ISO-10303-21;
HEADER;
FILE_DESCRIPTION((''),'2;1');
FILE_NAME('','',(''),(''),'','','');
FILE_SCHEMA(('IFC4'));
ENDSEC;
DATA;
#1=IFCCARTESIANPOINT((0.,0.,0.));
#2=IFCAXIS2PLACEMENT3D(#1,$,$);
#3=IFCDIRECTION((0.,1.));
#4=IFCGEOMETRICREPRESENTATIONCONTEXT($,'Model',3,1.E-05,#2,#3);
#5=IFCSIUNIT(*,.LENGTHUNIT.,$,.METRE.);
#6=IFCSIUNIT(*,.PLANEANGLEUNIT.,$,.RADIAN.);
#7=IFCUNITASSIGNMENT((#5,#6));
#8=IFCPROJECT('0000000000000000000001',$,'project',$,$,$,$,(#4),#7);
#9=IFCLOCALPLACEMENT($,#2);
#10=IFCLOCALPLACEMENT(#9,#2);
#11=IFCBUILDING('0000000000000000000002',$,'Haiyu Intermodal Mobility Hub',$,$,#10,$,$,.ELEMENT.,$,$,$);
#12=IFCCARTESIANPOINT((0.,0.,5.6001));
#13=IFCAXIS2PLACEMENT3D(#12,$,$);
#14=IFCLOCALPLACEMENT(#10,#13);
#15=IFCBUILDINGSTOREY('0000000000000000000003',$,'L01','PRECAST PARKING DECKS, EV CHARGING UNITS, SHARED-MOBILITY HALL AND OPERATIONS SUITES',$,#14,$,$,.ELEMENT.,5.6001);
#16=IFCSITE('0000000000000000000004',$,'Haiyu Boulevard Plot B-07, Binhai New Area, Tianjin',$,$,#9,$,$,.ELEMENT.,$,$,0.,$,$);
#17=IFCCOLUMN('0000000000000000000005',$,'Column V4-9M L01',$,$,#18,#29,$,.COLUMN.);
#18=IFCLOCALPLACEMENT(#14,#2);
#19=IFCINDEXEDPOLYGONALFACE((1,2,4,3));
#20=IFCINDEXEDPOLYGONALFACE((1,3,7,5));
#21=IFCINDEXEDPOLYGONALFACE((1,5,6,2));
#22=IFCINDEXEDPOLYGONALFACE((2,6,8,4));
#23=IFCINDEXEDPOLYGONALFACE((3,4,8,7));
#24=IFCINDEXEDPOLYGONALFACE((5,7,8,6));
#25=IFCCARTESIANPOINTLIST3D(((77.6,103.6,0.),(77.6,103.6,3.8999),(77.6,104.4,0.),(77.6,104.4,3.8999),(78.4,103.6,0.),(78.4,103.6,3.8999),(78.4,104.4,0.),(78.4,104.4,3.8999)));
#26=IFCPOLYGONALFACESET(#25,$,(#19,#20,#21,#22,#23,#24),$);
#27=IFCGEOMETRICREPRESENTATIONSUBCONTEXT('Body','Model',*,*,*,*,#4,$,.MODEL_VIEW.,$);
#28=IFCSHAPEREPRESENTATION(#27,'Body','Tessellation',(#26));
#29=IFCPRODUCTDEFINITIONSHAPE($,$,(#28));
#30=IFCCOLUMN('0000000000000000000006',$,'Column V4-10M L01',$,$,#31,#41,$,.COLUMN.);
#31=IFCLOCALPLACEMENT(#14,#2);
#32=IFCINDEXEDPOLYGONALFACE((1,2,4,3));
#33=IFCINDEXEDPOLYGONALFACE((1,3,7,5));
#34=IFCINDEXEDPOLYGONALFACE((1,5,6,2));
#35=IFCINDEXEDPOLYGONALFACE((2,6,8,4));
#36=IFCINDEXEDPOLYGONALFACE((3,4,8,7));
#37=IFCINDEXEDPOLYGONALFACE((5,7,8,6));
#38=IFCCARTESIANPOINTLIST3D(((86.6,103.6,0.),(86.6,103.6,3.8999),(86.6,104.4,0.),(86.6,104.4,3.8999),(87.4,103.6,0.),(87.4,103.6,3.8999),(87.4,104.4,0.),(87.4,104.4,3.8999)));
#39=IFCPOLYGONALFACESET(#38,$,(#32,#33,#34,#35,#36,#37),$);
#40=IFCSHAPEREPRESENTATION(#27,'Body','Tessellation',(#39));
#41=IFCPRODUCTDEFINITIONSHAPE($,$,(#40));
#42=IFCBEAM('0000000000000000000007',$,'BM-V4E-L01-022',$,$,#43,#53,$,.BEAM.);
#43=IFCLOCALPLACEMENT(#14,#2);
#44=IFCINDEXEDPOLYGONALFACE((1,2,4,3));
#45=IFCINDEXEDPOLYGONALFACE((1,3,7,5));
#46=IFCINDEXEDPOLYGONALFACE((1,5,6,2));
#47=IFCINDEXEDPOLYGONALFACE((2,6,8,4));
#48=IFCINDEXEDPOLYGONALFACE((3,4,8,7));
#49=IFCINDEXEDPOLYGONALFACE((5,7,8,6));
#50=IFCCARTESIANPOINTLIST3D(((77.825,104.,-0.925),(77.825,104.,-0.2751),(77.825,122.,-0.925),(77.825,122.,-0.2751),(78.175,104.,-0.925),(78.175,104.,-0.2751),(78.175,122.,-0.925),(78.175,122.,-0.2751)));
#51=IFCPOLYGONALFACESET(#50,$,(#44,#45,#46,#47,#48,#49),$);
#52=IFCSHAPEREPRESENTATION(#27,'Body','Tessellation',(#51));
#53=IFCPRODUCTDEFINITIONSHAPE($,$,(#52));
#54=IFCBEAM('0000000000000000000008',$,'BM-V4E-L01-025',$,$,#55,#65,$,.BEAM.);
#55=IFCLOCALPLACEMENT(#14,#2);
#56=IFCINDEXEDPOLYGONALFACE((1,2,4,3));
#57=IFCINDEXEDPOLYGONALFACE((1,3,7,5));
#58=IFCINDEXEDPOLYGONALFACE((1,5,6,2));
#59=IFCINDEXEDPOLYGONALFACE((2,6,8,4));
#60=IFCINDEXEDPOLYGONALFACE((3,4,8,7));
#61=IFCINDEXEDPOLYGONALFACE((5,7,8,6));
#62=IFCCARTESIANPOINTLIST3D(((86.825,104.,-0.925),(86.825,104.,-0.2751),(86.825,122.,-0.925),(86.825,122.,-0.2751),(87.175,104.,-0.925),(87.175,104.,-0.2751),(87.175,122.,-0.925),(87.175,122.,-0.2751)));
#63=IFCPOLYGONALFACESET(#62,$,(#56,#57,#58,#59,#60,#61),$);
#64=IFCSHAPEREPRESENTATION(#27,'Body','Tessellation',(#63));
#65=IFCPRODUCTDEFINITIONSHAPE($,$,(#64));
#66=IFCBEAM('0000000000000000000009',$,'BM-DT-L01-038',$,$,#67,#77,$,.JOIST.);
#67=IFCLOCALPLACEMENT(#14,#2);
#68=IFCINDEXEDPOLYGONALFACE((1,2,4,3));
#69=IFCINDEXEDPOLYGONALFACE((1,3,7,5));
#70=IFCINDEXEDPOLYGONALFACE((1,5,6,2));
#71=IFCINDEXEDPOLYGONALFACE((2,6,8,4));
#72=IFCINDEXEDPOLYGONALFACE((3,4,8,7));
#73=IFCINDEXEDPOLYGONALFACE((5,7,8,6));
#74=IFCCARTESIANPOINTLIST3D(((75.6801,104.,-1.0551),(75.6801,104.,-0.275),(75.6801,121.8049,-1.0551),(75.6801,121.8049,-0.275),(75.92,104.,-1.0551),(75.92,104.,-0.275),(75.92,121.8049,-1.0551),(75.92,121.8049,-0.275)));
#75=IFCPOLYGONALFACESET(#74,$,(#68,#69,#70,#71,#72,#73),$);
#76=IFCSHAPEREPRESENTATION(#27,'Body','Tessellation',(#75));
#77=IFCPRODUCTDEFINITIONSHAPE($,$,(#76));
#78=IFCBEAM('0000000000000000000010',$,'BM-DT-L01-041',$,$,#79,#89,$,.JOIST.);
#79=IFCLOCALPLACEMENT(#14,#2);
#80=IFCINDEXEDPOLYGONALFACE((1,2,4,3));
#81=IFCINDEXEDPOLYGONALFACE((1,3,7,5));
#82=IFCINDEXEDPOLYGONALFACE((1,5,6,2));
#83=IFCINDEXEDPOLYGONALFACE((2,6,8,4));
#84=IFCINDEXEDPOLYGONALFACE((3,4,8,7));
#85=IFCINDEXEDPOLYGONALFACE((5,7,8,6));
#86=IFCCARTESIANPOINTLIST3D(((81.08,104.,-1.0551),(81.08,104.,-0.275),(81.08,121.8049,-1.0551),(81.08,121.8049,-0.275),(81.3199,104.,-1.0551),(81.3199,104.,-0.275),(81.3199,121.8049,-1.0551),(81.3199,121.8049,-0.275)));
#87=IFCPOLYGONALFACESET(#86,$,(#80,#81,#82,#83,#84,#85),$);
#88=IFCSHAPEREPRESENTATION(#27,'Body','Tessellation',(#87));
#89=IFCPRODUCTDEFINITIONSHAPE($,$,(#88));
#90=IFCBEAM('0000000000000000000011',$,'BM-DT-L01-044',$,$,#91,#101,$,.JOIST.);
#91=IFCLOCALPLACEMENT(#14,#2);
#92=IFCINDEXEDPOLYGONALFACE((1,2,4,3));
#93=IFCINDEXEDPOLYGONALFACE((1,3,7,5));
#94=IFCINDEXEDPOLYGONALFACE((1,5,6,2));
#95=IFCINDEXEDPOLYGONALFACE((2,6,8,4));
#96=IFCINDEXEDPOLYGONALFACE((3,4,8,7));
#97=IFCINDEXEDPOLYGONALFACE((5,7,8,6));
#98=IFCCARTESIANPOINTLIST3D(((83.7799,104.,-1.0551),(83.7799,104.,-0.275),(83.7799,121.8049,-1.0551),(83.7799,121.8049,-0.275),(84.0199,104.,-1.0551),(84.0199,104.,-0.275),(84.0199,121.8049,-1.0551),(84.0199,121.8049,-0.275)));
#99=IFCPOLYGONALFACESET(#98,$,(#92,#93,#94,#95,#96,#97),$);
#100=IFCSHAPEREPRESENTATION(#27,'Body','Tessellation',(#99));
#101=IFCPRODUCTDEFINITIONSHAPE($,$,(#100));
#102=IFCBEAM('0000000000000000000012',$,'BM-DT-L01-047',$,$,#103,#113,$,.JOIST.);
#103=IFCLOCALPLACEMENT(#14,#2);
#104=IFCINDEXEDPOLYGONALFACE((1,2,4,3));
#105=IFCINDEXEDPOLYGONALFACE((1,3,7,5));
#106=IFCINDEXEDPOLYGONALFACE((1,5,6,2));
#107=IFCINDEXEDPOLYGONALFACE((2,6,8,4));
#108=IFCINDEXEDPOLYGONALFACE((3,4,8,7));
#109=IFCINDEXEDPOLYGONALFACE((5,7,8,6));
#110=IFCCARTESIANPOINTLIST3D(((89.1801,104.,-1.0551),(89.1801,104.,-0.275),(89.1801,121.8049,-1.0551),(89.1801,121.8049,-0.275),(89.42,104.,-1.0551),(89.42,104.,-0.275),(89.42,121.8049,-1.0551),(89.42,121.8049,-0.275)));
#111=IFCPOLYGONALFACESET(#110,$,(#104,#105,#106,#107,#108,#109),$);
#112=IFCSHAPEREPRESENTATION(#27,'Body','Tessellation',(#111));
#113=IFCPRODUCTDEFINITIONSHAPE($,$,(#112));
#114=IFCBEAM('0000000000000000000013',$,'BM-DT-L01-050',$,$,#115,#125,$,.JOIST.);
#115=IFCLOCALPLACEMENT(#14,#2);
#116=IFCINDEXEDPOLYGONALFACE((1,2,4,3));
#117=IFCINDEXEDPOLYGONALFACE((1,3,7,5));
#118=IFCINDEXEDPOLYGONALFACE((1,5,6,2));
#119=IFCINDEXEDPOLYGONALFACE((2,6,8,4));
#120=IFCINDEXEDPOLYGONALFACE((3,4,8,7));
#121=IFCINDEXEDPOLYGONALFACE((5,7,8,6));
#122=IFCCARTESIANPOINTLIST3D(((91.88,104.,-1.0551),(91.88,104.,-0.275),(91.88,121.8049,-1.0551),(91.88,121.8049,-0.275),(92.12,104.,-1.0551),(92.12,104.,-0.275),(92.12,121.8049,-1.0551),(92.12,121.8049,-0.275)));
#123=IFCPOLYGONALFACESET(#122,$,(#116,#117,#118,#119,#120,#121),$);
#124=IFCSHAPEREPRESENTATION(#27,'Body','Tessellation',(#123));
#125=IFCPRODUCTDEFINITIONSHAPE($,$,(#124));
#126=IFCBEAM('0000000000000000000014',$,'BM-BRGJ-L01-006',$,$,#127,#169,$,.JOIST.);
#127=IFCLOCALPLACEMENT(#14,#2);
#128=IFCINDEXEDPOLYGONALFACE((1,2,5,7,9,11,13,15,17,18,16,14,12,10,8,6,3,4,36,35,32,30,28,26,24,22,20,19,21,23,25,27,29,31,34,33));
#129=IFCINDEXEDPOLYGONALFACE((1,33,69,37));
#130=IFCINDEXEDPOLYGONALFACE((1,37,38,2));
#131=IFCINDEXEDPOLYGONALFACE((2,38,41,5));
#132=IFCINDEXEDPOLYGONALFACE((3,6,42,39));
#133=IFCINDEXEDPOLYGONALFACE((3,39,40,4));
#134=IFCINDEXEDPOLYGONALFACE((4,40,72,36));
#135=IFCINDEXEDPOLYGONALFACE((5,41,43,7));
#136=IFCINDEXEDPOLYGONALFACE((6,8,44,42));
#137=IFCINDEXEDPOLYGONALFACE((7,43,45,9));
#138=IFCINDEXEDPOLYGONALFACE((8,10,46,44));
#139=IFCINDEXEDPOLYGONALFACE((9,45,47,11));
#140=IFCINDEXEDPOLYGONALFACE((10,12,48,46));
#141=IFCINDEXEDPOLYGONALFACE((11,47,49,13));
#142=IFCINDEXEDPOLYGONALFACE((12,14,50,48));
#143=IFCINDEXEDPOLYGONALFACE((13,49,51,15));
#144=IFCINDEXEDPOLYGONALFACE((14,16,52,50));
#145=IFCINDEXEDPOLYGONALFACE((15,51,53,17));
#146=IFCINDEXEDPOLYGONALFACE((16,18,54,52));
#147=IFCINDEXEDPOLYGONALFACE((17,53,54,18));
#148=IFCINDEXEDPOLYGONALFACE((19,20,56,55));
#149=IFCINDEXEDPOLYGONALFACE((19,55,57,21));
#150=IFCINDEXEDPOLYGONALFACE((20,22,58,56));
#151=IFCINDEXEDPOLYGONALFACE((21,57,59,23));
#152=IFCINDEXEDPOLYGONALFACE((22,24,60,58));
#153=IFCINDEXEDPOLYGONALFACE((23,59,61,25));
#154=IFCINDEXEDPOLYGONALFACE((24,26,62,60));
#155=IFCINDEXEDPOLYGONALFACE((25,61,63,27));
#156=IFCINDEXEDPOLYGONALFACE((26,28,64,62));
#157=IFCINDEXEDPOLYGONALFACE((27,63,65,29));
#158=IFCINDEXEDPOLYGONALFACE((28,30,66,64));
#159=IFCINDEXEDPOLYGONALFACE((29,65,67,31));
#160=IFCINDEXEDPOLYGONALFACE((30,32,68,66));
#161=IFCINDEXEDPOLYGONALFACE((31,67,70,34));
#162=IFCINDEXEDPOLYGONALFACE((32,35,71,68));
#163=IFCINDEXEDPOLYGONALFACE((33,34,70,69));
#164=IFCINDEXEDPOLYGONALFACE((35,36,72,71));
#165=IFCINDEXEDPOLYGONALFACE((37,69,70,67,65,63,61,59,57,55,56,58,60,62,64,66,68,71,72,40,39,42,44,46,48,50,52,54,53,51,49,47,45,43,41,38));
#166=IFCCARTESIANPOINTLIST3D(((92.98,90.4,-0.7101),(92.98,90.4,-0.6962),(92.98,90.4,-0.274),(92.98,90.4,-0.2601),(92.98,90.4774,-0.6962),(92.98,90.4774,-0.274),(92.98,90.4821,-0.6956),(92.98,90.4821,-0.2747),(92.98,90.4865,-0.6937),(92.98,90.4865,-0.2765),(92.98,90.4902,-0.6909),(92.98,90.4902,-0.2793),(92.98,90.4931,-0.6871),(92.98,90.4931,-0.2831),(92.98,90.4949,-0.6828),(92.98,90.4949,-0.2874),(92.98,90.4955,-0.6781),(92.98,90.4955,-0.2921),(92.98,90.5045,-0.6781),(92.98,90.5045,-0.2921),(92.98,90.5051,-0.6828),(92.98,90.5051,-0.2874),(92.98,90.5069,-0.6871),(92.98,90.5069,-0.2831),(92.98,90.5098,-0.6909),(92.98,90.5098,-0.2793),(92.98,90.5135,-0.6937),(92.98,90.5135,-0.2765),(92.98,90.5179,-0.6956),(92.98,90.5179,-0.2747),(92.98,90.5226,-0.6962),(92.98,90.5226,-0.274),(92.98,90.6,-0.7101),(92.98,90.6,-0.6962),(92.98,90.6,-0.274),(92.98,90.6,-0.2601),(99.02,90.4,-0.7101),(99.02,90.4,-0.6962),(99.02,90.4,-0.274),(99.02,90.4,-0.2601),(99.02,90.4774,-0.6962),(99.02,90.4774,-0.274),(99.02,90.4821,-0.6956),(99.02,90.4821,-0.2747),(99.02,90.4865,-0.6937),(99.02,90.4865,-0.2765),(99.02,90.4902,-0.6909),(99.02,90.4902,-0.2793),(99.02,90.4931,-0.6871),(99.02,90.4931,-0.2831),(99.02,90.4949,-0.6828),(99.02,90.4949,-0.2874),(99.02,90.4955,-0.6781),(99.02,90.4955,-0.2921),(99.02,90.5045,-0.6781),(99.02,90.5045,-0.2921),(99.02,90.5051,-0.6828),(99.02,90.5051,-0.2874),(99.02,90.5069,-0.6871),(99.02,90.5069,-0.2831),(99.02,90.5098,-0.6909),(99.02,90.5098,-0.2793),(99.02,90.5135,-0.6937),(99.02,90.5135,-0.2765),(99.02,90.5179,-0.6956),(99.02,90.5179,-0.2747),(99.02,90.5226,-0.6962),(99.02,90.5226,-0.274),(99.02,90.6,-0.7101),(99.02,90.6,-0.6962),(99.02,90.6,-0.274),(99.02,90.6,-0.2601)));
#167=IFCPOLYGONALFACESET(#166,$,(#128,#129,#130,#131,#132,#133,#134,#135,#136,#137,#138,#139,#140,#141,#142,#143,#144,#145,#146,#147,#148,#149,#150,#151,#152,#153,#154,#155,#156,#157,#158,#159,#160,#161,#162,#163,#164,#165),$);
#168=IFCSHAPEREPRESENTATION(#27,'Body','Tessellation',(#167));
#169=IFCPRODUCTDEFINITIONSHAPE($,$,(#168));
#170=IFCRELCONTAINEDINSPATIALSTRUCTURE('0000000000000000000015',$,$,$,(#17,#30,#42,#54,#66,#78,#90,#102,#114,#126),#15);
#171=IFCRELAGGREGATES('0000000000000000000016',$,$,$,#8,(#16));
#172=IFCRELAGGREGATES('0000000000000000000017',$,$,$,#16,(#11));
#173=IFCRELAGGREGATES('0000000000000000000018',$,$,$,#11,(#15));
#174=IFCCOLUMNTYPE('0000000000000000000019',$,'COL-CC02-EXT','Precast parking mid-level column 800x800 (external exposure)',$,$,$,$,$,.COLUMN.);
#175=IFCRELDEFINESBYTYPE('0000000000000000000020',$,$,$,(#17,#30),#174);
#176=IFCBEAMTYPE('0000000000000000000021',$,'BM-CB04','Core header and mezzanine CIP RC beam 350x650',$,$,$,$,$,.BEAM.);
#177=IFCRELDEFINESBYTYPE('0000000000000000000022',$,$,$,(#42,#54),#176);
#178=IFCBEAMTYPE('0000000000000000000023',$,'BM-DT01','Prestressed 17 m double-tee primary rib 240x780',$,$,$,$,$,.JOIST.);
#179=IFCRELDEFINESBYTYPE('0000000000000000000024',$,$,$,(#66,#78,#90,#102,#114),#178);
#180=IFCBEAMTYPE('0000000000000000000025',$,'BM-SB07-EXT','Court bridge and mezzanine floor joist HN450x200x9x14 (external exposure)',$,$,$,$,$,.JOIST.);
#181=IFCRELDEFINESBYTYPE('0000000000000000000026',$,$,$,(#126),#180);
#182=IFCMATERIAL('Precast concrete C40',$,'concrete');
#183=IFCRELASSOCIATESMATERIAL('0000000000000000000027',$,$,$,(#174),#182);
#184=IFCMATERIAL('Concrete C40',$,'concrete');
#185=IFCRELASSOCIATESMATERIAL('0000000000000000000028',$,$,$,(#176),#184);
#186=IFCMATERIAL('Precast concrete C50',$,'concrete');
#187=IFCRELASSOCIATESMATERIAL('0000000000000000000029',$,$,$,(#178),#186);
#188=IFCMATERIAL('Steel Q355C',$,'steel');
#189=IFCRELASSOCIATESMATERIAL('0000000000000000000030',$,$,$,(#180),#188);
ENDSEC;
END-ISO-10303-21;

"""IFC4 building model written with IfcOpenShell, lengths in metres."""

from ifc_helpers import new_model, si_unit, direction, frame, origin, origin_2d, place, context, subcontext, project, spatial, rectangle, i_section, extrude, material, material_profile, profile_set, type_object, element, save


model = new_model("IFC4")

# Units and contexts
model_context = context("Model", 3, precision=1e-05, world=origin(), true_north=direction((0.0, 1.0)))
body_context = subcontext(model_context, "Body", "Model", "MODEL_VIEW")
ifc_project = project(units=[si_unit("LENGTHUNIT", "METRE"), si_unit("PLANEANGLEUNIT", "RADIAN")], contexts=[model_context])

# Site, building, storey
site_placement = place(None, origin())
site = spatial("IfcSite", under=ifc_project, at=site_placement, Name="Haiyu Boulevard Plot B-07, Binhai New Area, Tianjin", CompositionType="ELEMENT", RefElevation=0.0)
building_placement = place(site_placement, origin())
building = spatial("IfcBuilding", under=site, at=building_placement, Name="Haiyu Intermodal Mobility Hub", CompositionType="ELEMENT")
storey_placement = place(building_placement, frame((0.0, 0.0, 5.6001)))
storey = spatial("IfcBuildingStorey", under=building, at=storey_placement, Name="L01", Description="PRECAST PARKING DECKS, EV CHARGING UNITS, SHARED-MOBILITY HALL AND OPERATIONS SUITES", CompositionType="ELEMENT", Elevation=5.6001)

# Columns
ifc_material_1 = material(Name="Precast concrete C40", Category="concrete")
ifc_material_profile_1 = material_profile(ifc_material_1, rectangle(XDim=0.8, YDim=0.8, at=origin_2d()), Name="RC800x800")
ifc_profile_set_1 = profile_set([ifc_material_profile_1], Name="Precast concrete C40")
column_type = type_object("IfcColumnType", Name="COL-CC02-EXT", Description="Precast parking mid-level column 800x800 (external exposure)", PredefinedType="COLUMN", material=ifc_profile_set_1)
for number, where, z_axis, x_axis, name in (
    (1, (78.0, 104.0, 0.0), (0.0, 0.0, 1.0), (1.0, 0.0, 0.0), "Column V4-9M L01"),
    (2, (87.0, 104.0, 0.0), (0.0, 0.0, 1.0), (1.0, 0.0, 0.0), "Column V4-10M L01"),
):
    element("IfcColumn", number, at=place(storey_placement, frame(where, z_axis=z_axis, x_axis=x_axis)), inside=storey, type_object=column_type, Name=name, PredefinedType="COLUMN", context=body_context, shape_type="SweptSolid", body=[
        extrude(rectangle(XDim=0.8, YDim=0.8, at=origin_2d()), origin(), (0.0, 0.0, 1.0), 3.8999),
    ])

# Beams
ifc_material_2 = material(Name="Concrete C40", Category="concrete")
ifc_material_profile_2 = material_profile(ifc_material_2, rectangle(XDim=0.3501, YDim=0.6499, at=origin_2d()), Name="RCB350x650")
ifc_profile_set_2 = profile_set([ifc_material_profile_2], Name="Concrete C40")
beam_type_1 = type_object("IfcBeamType", Name="BM-CB04", Description="Core header and mezzanine CIP RC beam 350x650", PredefinedType="BEAM", material=ifc_profile_set_2)
for number, where, z_axis, x_axis, name in (
    (3, (78.0, 104.0, -0.6001), (0.0, 1.0, 0.0), (-1.0, 0.0, 0.0), "BM-V4E-L01-022"),
    (4, (87.0, 104.0, -0.6001), (0.0, 1.0, 0.0), (-1.0, 0.0, 0.0), "BM-V4E-L01-025"),
):
    element("IfcBeam", number, at=place(storey_placement, frame(where, z_axis=z_axis, x_axis=x_axis)), inside=storey, type_object=beam_type_1, Name=name, PredefinedType="BEAM", context=body_context, shape_type="SweptSolid", body=[
        extrude(rectangle(XDim=0.3501, YDim=0.6499, at=origin_2d()), origin(), (0.0, 0.0, 1.0), 18.0),
    ])
ifc_material_3 = material(Name="Precast concrete C50", Category="concrete")
ifc_material_profile_3 = material_profile(ifc_material_3, rectangle(XDim=0.24, YDim=0.78, at=origin_2d()), Name="PC240x780")
ifc_profile_set_3 = profile_set([ifc_material_profile_3], Name="Precast concrete C50")
beam_type_2 = type_object("IfcBeamType", Name="BM-DT01", Description="Prestressed 17 m double-tee primary rib 240x780", PredefinedType="JOIST", material=ifc_profile_set_3)
for number, where, z_axis, x_axis, name in (
    (5, (75.8, 104.0, -0.665), (0.0, 1.0, 0.0), (-1.0, 0.0, 0.0), "BM-DT-L01-038"),
    (6, (81.2, 104.0, -0.665), (0.0, 1.0, 0.0), (-1.0, 0.0, 0.0), "BM-DT-L01-041"),
    (7, (83.8999, 104.0, -0.665), (0.0, 1.0, 0.0), (-1.0, 0.0, 0.0), "BM-DT-L01-044"),
    (8, (89.3, 104.0, -0.665), (0.0, 1.0, 0.0), (-1.0, 0.0, 0.0), "BM-DT-L01-047"),
    (9, (92.0, 104.0, -0.665), (0.0, 1.0, 0.0), (-1.0, 0.0, 0.0), "BM-DT-L01-050"),
):
    element("IfcBeam", number, at=place(storey_placement, frame(where, z_axis=z_axis, x_axis=x_axis)), inside=storey, type_object=beam_type_2, Name=name, PredefinedType="JOIST", context=body_context, shape_type="SweptSolid", body=[
        extrude(rectangle(XDim=0.24, YDim=0.78, at=origin_2d()), origin(), (0.0, 0.0, 1.0), 17.8049),
    ])
ifc_material_4 = material(Name="Steel Q355C", Category="steel")
ifc_material_profile_4 = material_profile(ifc_material_4, i_section(OverallWidth=0.2, OverallDepth=0.45, WebThickness=0.009, FlangeThickness=0.0139, FilletRadius=0.0181, at=origin_2d()), Name="HN450x200x9x14")
ifc_profile_set_4 = profile_set([ifc_material_profile_4], Name="Steel Q355C")
beam_type_3 = type_object("IfcBeamType", Name="BM-SB07-EXT", Description="Court bridge and mezzanine floor joist HN450x200x9x14 (external exposure)", PredefinedType="JOIST", material=ifc_profile_set_4)
for number, where, z_axis, x_axis, name in (
    (10, (92.98, 90.5, -0.4851), (1.0, 0.0, 0.0), (0.0, 1.0, 0.0), "BM-BRGJ-L01-006"),
):
    element("IfcBeam", number, at=place(storey_placement, frame(where, z_axis=z_axis, x_axis=x_axis)), inside=storey, type_object=beam_type_3, Name=name, PredefinedType="JOIST", context=body_context, shape_type="SweptSolid", body=[
        extrude(i_section(OverallWidth=0.2, OverallDepth=0.45, WebThickness=0.009, FlangeThickness=0.0139, FilletRadius=0.0181, at=origin_2d()), origin(), (0.0, 0.0, 1.0), 6.04),
    ])

save(model, "model.ifc")
